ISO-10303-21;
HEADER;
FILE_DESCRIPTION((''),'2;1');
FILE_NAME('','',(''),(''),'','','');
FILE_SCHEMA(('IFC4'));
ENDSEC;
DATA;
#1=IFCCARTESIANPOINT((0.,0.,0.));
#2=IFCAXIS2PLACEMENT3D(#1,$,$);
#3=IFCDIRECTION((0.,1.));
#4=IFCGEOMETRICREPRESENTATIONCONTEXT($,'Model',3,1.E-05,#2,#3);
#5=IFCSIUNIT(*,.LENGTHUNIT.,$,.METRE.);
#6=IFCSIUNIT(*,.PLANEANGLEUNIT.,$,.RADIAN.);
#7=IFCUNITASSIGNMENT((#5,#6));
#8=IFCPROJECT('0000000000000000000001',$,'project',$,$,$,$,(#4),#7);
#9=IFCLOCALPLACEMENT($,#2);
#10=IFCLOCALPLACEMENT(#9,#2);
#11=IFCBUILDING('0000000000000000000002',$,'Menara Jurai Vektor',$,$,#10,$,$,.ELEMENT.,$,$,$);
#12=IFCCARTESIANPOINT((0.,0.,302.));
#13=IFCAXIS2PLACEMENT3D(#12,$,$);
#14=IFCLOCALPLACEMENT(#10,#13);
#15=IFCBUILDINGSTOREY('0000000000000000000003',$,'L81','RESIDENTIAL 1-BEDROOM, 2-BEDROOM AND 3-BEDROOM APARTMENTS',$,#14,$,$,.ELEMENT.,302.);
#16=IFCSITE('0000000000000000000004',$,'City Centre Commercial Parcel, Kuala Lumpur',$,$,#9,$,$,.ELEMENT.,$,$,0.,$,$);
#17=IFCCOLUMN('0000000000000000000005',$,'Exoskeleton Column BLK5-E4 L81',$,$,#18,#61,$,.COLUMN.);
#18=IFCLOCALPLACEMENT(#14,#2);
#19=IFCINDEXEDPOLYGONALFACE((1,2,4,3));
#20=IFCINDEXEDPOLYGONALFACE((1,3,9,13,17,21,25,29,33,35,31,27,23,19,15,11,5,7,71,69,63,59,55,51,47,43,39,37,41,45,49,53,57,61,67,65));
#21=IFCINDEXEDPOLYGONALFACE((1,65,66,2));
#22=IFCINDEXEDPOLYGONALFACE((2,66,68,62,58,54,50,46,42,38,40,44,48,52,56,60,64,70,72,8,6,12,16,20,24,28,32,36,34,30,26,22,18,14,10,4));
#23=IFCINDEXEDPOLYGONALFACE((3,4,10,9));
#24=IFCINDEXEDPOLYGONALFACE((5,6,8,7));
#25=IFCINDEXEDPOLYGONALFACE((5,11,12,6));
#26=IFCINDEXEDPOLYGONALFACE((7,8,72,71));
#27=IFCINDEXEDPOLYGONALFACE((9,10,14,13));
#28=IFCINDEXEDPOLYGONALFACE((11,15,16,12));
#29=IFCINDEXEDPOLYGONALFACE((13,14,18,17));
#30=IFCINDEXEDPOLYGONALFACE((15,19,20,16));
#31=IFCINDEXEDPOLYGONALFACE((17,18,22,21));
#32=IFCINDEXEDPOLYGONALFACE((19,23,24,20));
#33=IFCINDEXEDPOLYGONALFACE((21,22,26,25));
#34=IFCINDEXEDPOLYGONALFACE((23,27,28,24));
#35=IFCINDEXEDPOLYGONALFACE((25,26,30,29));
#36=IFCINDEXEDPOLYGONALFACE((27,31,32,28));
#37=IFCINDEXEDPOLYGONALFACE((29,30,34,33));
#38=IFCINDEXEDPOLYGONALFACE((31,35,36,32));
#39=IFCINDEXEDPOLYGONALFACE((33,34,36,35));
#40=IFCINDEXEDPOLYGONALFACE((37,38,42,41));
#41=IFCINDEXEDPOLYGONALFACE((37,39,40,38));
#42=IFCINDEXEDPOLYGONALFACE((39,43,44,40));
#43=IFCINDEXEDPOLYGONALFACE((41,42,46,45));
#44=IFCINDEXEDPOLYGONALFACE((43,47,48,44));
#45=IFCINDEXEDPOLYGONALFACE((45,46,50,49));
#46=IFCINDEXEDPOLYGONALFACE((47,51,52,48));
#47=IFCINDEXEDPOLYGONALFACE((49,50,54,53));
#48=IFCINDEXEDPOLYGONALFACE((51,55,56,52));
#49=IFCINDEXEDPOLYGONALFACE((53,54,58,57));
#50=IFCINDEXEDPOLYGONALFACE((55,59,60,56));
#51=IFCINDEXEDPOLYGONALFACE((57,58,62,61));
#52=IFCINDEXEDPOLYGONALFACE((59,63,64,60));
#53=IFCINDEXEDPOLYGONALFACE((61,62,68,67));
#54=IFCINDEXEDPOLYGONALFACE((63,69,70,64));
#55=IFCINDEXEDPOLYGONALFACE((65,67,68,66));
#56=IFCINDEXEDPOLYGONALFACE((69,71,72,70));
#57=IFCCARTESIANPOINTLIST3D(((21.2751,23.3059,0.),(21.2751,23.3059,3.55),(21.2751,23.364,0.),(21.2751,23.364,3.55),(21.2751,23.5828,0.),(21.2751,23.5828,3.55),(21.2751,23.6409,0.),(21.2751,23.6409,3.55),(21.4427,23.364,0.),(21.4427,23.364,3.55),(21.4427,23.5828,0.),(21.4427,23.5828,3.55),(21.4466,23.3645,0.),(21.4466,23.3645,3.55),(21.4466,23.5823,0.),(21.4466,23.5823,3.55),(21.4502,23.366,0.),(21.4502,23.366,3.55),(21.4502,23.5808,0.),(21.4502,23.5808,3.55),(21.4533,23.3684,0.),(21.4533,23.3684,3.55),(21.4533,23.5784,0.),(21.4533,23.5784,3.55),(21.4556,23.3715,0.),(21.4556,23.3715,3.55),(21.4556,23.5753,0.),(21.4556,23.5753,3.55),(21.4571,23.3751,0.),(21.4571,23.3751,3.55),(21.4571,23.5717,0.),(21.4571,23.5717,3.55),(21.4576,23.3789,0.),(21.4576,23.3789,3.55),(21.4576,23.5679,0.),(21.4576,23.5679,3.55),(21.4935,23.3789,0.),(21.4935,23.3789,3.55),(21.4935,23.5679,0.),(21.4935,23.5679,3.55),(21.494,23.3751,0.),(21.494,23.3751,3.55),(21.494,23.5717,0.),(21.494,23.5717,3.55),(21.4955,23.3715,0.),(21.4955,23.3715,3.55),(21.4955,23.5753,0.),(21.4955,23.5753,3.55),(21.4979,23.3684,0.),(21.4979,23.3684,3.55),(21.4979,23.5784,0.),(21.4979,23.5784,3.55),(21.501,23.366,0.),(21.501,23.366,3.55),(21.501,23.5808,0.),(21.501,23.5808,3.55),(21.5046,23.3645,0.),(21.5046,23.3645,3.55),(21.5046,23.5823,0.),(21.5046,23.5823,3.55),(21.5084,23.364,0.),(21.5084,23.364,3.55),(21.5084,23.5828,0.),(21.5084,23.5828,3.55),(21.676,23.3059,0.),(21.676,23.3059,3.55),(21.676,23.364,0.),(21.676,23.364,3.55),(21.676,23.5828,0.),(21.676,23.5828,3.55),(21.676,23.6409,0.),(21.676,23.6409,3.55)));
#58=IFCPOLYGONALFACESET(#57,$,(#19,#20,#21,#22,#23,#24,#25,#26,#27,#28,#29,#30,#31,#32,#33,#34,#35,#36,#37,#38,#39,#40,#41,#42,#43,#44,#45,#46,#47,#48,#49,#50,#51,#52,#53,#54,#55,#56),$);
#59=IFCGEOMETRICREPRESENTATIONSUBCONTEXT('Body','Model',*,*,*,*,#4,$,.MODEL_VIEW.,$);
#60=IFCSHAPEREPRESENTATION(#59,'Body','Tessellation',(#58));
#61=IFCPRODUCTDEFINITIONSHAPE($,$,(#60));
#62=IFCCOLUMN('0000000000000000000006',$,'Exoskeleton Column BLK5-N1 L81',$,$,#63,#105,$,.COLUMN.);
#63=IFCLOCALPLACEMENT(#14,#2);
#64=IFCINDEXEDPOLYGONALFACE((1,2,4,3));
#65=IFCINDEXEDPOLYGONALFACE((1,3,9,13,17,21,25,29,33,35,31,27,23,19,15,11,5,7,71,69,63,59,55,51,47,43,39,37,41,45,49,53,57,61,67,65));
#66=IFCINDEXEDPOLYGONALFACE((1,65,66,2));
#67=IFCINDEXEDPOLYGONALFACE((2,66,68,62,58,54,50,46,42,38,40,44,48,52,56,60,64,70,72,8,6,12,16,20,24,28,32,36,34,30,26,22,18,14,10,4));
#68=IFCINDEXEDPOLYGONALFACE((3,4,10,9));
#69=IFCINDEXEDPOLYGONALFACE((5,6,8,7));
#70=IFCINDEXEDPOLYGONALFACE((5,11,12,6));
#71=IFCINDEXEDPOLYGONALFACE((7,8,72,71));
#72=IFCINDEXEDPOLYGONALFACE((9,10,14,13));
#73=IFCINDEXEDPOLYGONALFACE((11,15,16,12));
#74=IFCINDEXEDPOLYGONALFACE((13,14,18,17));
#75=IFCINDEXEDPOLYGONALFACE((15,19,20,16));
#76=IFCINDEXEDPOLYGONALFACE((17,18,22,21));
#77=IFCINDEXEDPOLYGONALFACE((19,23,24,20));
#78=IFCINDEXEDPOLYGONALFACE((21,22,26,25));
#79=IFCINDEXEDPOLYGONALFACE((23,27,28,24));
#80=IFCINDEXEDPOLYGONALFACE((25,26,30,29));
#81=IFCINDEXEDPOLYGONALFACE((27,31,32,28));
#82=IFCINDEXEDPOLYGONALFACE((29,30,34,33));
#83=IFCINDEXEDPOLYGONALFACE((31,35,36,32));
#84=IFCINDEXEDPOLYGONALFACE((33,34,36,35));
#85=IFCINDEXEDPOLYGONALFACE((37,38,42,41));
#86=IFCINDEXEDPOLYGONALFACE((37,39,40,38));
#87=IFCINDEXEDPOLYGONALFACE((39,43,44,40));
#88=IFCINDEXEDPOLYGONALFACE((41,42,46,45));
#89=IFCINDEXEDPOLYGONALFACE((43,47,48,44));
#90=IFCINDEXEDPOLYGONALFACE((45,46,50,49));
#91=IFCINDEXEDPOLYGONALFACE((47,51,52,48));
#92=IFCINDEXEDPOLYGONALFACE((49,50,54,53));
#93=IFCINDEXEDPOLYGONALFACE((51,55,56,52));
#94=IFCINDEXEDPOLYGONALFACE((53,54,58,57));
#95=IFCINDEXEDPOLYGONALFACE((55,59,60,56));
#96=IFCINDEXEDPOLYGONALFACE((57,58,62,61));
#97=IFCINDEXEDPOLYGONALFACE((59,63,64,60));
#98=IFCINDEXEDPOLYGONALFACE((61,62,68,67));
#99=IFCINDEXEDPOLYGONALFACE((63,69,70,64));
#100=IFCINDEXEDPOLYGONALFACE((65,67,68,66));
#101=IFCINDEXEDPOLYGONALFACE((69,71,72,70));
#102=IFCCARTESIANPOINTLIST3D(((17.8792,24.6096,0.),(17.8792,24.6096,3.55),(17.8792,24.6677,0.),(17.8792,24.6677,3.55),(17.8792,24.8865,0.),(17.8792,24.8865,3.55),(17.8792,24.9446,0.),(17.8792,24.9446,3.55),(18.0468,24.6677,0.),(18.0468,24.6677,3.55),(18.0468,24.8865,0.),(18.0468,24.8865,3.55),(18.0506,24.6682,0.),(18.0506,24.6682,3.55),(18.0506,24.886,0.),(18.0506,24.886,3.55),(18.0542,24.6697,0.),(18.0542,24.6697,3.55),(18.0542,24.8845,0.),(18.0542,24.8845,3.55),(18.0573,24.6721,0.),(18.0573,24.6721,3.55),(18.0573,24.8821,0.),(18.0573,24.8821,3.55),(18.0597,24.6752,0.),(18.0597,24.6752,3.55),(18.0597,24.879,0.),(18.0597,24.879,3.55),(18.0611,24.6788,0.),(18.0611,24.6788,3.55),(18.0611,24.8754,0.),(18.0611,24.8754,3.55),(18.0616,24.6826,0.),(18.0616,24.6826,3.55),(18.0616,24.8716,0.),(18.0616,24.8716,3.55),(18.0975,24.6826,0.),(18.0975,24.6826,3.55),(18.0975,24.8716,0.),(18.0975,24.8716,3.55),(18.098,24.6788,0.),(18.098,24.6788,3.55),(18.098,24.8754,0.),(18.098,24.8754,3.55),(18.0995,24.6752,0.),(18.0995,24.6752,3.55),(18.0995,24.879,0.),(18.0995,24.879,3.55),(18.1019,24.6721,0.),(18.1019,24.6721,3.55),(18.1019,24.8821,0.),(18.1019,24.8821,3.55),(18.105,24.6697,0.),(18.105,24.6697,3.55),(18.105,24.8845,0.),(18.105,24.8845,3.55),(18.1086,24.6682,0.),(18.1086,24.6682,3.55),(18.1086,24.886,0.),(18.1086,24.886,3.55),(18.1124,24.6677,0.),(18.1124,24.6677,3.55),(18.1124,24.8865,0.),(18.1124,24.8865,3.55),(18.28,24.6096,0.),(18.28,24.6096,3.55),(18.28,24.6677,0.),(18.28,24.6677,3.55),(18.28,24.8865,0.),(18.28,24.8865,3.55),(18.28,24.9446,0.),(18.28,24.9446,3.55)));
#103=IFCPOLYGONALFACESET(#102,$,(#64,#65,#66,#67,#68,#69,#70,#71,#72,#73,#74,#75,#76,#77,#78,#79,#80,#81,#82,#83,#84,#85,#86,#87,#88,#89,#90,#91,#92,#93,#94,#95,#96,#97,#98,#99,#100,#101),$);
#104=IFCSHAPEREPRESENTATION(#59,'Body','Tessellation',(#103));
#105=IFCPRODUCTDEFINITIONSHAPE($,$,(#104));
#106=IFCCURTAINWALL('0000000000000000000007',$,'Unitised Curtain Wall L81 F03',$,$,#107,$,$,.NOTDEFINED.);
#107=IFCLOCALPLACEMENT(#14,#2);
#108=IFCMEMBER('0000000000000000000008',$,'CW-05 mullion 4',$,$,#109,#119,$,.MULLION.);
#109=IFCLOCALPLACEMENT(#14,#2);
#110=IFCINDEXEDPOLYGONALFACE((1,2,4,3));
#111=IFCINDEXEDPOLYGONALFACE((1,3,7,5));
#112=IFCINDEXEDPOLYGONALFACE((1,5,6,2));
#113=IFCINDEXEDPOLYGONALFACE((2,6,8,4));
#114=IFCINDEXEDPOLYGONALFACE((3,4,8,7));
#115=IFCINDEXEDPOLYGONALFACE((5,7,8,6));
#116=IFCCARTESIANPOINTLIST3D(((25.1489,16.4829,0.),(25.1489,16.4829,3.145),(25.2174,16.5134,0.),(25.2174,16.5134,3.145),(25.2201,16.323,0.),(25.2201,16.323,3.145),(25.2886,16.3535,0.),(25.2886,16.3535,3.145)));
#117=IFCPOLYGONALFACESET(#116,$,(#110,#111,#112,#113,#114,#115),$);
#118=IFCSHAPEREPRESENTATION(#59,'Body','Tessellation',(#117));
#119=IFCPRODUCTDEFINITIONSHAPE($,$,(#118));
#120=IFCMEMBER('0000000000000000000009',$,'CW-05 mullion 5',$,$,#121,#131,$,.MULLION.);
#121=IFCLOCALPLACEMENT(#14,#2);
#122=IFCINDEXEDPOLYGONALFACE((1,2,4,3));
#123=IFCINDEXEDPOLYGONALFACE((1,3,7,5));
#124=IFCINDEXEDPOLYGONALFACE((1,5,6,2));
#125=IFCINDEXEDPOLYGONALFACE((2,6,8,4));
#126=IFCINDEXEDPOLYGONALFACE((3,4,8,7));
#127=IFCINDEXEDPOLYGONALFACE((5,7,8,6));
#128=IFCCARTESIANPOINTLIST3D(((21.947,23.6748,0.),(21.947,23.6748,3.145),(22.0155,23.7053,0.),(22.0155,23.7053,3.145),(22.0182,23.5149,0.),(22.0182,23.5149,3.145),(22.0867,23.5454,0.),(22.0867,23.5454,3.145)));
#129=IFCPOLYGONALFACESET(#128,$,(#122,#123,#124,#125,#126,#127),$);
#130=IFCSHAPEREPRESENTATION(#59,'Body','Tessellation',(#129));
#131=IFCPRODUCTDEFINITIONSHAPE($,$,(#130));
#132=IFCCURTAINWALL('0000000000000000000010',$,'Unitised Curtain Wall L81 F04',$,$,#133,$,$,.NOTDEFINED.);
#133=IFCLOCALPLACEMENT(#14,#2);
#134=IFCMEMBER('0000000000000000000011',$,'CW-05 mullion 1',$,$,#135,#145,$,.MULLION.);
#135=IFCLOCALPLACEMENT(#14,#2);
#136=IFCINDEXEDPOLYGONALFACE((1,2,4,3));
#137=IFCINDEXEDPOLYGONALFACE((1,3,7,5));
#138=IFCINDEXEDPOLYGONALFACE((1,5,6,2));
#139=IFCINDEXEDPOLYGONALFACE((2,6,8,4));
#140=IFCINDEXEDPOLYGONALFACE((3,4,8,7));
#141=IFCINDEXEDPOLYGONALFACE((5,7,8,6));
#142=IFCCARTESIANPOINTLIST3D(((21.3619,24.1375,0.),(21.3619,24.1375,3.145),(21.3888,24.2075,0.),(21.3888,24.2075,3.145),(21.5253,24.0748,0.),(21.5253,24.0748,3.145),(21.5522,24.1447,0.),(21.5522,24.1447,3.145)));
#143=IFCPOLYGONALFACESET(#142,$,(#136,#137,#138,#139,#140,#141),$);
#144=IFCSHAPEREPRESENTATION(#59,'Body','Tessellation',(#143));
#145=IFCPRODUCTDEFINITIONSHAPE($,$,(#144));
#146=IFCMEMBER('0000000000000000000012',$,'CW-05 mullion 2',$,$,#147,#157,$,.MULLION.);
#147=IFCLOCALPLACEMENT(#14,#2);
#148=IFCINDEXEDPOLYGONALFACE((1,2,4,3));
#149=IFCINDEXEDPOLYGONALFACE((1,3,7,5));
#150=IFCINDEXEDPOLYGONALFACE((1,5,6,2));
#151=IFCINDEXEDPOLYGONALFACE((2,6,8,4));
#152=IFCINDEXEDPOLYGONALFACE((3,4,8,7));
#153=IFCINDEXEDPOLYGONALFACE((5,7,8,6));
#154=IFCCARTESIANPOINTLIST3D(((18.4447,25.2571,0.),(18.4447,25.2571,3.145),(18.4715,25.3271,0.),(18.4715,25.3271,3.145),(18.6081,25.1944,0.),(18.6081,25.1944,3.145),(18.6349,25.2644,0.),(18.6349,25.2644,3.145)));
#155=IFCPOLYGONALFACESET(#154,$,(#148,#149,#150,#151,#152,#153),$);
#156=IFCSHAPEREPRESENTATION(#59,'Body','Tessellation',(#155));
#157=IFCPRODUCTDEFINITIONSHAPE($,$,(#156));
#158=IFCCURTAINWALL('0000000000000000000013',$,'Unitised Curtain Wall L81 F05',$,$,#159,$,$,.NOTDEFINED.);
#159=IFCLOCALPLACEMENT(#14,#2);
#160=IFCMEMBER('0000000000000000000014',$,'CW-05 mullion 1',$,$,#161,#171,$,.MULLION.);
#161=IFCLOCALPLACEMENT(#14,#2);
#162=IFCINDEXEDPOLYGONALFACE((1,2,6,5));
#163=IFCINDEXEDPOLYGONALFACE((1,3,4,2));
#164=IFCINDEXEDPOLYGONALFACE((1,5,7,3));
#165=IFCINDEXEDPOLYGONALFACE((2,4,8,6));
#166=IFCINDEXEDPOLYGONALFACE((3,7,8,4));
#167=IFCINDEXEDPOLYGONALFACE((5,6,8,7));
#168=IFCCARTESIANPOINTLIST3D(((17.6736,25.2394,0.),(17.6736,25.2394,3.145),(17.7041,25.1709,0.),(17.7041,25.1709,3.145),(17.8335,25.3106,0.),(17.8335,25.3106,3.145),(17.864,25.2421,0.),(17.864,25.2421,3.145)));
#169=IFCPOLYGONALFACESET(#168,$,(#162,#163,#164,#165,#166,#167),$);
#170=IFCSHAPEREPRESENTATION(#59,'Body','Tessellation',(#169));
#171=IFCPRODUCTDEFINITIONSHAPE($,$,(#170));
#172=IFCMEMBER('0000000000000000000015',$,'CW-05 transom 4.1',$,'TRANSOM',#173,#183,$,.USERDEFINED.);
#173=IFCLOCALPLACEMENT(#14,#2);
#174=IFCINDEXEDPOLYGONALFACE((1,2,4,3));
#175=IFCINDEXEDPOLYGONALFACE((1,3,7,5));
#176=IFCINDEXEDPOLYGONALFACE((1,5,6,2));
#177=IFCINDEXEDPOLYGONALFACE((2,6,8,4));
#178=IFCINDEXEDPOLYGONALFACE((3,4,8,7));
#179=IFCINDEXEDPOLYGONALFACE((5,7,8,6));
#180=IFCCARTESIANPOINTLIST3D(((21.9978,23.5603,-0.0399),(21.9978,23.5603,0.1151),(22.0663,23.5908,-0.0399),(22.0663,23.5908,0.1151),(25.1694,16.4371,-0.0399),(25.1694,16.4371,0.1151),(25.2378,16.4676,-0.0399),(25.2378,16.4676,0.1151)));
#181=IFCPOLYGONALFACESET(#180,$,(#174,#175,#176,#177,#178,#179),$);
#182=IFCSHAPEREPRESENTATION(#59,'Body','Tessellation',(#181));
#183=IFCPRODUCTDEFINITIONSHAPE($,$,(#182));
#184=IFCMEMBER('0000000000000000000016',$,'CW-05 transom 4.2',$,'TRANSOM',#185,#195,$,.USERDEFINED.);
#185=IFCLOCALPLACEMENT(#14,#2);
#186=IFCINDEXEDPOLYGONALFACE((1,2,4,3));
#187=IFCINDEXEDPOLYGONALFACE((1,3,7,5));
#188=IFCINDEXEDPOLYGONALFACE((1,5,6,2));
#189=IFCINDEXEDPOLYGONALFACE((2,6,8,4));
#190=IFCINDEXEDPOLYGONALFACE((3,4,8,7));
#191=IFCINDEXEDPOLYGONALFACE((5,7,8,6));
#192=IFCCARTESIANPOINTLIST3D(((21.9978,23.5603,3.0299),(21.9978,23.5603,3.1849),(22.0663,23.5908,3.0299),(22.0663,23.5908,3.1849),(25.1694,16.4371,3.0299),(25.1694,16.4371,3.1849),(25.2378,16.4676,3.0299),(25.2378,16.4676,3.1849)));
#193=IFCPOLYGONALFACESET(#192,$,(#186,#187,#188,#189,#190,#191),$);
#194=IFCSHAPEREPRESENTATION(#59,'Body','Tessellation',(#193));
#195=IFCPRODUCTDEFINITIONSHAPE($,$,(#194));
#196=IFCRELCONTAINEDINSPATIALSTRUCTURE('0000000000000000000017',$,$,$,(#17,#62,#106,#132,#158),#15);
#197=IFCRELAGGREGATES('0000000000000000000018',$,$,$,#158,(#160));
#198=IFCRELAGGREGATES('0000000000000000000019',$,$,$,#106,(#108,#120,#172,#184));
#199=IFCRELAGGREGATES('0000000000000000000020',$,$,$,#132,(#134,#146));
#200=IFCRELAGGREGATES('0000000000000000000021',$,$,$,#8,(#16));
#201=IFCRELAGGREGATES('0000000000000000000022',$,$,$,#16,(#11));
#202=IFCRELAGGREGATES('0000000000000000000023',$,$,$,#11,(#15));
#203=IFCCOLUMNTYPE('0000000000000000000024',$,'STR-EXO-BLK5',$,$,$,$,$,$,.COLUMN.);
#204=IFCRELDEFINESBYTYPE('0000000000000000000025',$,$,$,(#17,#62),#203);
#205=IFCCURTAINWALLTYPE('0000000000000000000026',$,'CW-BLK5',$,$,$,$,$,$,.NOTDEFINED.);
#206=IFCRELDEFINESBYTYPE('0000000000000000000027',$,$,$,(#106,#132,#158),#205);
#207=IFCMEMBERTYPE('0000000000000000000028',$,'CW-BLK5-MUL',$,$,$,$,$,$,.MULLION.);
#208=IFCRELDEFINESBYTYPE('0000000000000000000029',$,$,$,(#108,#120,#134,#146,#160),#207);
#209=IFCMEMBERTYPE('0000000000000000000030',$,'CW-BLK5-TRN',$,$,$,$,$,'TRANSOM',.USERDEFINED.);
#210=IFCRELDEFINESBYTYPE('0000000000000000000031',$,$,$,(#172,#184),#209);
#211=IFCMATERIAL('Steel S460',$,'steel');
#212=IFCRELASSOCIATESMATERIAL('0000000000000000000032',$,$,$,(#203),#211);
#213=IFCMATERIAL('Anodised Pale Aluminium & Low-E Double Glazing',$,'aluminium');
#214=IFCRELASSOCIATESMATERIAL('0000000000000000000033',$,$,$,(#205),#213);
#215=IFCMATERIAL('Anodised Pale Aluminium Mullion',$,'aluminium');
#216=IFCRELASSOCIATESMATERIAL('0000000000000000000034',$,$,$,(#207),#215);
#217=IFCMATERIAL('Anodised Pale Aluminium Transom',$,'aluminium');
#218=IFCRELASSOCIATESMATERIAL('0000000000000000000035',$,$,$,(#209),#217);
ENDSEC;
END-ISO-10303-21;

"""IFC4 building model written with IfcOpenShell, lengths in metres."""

from ifc_helpers import new_model, si_unit, direction, frame, origin, origin_2d, place, context, subcontext, project, spatial, rectangle, i_section, extrude, material, material_profile, profile_set, type_object, element, aggregate, save


model = new_model("IFC4")

# Units and contexts
model_context = context("Model", 3, precision=1e-05, world=origin(), true_north=direction((0.0, 1.0)))
body_context = subcontext(model_context, "Body", "Model", "MODEL_VIEW")
ifc_project = project(units=[si_unit("LENGTHUNIT", "METRE"), si_unit("PLANEANGLEUNIT", "RADIAN")], contexts=[model_context])

# Site, building, storey
site_placement = place(None, origin())
site = spatial("IfcSite", under=ifc_project, at=site_placement, Name="City Centre Commercial Parcel, Kuala Lumpur", CompositionType="ELEMENT", RefElevation=0.0)
building_placement = place(site_placement, origin())
building = spatial("IfcBuilding", under=site, at=building_placement, Name="Menara Jurai Vektor", CompositionType="ELEMENT")
storey_placement = place(building_placement, frame((0.0, 0.0, 302.0)))
storey = spatial("IfcBuildingStorey", under=building, at=storey_placement, Name="L81", Description="RESIDENTIAL 1-BEDROOM, 2-BEDROOM AND 3-BEDROOM APARTMENTS", CompositionType="ELEMENT", Elevation=302.0)

# Columns
ifc_material_1 = material(Name="Steel S460", Category="steel")
ifc_material_profile_1 = material_profile(ifc_material_1, i_section(OverallWidth=0.4009, OverallDepth=0.335, WebThickness=0.0359, FlangeThickness=0.0581, FilletRadius=0.0149, at=origin_2d()), Name="HD 400x463")
ifc_profile_set_1 = profile_set([ifc_material_profile_1], Name="Steel S460")
column_type = type_object("IfcColumnType", Name="STR-EXO-BLK5", PredefinedType="COLUMN", material=ifc_profile_set_1)
for number, where, z_axis, x_axis, name in (
    (1, (21.4756, 23.4734, 0.0), (0.0, 0.0, 1.0), (1.0, 0.0, 0.0), "Exoskeleton Column BLK5-E4 L81"),
    (2, (18.0796, 24.7771, 0.0), (0.0, 0.0, 1.0), (1.0, 0.0, 0.0), "Exoskeleton Column BLK5-N1 L81"),
):
    element("IfcColumn", number, at=place(storey_placement, frame(where, z_axis=z_axis, x_axis=x_axis)), inside=storey, type_object=column_type, Name=name, PredefinedType="COLUMN", context=body_context, shape_type="SweptSolid", body=[
        extrude(i_section(OverallWidth=0.4009, OverallDepth=0.335, WebThickness=0.0359, FlangeThickness=0.0581, FilletRadius=0.0149, at=origin_2d()), origin(), (0.0, 0.0, 1.0), 3.55),
    ])

# Curtain walls, members
ifc_material_2 = material(Name="Anodised Pale Aluminium & Low-E Double Glazing", Category="aluminium")
curtain_wall_type = type_object("IfcCurtainWallType", Name="CW-BLK5", PredefinedType="NOTDEFINED", material=ifc_material_2)
curtain_wall_1_placement = place(storey_placement, origin())
curtain_wall_1 = element("IfcCurtainWall", 3, at=curtain_wall_1_placement, inside=storey, type_object=curtain_wall_type, Name="Unitised Curtain Wall L81 F03", PredefinedType="NOTDEFINED")
ifc_material_3 = material(Name="Anodised Pale Aluminium Mullion", Category="aluminium")
ifc_material_profile_2 = material_profile(ifc_material_3, rectangle(XDim=0.075, YDim=0.175, at=origin_2d()), Name="ALU MUL 75x175")
ifc_profile_set_2 = profile_set([ifc_material_profile_2], Name="Anodised Pale Aluminium Mullion")
member_type_1 = type_object("IfcMemberType", Name="CW-BLK5-MUL", PredefinedType="MULLION", material=ifc_profile_set_2)
member_1_placement = place(storey_placement, frame((25.2188, 16.4182, 0.0), z_axis=(0.0, 0.0, 1.0), x_axis=(-0.913546, -0.406735, 0.0)))
member_1 = element("IfcMember", 4, at=member_1_placement, type_object=member_type_1, Name="CW-05 mullion 4", PredefinedType="MULLION", context=body_context, shape_type="SweptSolid", body=[
    extrude(rectangle(XDim=0.075, YDim=0.175, at=origin_2d()), origin(), (0.0, 0.0, 1.0), 3.145),
])
member_2_placement = place(storey_placement, frame((22.0168, 23.6101, 0.0), z_axis=(0.0, 0.0, 1.0), x_axis=(-0.913546, -0.406735, 0.0)))
member_2 = element("IfcMember", 5, at=member_2_placement, type_object=member_type_1, Name="CW-05 mullion 5", PredefinedType="MULLION", context=body_context, shape_type="SweptSolid", body=[
    extrude(rectangle(XDim=0.075, YDim=0.175, at=origin_2d()), origin(), (0.0, 0.0, 1.0), 3.145),
])
curtain_wall_2_placement = place(storey_placement, origin())
curtain_wall_2 = element("IfcCurtainWall", 6, at=curtain_wall_2_placement, inside=storey, type_object=curtain_wall_type, Name="Unitised Curtain Wall L81 F04", PredefinedType="NOTDEFINED")
member_3_placement = place(storey_placement, frame((21.457, 24.1411, 0.0), z_axis=(0.0, 0.0, 1.0), x_axis=(-0.358374, -0.933578, 0.0)))
member_3 = element("IfcMember", 7, at=member_3_placement, type_object=member_type_1, Name="CW-05 mullion 1", PredefinedType="MULLION", context=body_context, shape_type="SweptSolid", body=[
    extrude(rectangle(XDim=0.075, YDim=0.175, at=origin_2d()), origin(), (0.0, 0.0, 1.0), 3.145),
])
member_4_placement = place(storey_placement, frame((18.5398, 25.2607, 0.0), z_axis=(0.0, 0.0, 1.0), x_axis=(-0.358374, -0.933578, 0.0)))
member_4 = element("IfcMember", 8, at=member_4_placement, type_object=member_type_1, Name="CW-05 mullion 2", PredefinedType="MULLION", context=body_context, shape_type="SweptSolid", body=[
    extrude(rectangle(XDim=0.075, YDim=0.175, at=origin_2d()), origin(), (0.0, 0.0, 1.0), 3.145),
])

# Curtain wall, member
curtain_wall_3_placement = place(storey_placement, origin())
curtain_wall_3 = element("IfcCurtainWall", 9, at=curtain_wall_3_placement, inside=storey, type_object=curtain_wall_type, Name="Unitised Curtain Wall L81 F05", PredefinedType="NOTDEFINED")
member_5_placement = place(storey_placement, frame((17.7688, 25.2407, 0.0), z_axis=(0.0, 0.0, 1.0), x_axis=(0.406735, -0.913546, 0.0)))
member_5 = element("IfcMember", 10, at=member_5_placement, type_object=member_type_1, Name="CW-05 mullion 1", PredefinedType="MULLION", context=body_context, shape_type="SweptSolid", body=[
    extrude(rectangle(XDim=0.075, YDim=0.175, at=origin_2d()), origin(), (0.0, 0.0, 1.0), 3.145),
])

# Members
ifc_material_4 = material(Name="Anodised Pale Aluminium Transom", Category="aluminium")
ifc_material_profile_3 = material_profile(ifc_material_4, rectangle(XDim=0.075, YDim=0.155, at=origin_2d()), Name="ALU TRN 75x155")
ifc_profile_set_3 = profile_set([ifc_material_profile_3], Name="Anodised Pale Aluminium Transom")
member_type_2 = type_object("IfcMemberType", Name="CW-BLK5-TRN", ElementType="TRANSOM", PredefinedType="USERDEFINED", material=ifc_profile_set_3)
member_6_placement = place(storey_placement, frame((25.2036, 16.4524, 0.0376), z_axis=(-0.406751, 0.913539, 0.0), x_axis=(-0.913539, -0.406751, 0.0)))
member_6 = element("IfcMember", 11, at=member_6_placement, type_object=member_type_2, Name="CW-05 transom 4.1", ObjectType="TRANSOM", PredefinedType="USERDEFINED", context=body_context, shape_type="SweptSolid", body=[
    extrude(rectangle(XDim=0.075, YDim=0.155, at=origin_2d()), origin(), (0.0, 0.0, 1.0), 7.7974),
])
member_7_placement = place(storey_placement, frame((25.2036, 16.4524, 3.1074), z_axis=(-0.406751, 0.913539, 0.0), x_axis=(-0.913539, -0.406751, 0.0)))
member_7 = element("IfcMember", 12, at=member_7_placement, type_object=member_type_2, Name="CW-05 transom 4.2", ObjectType="TRANSOM", PredefinedType="USERDEFINED", context=body_context, shape_type="SweptSolid", body=[
    extrude(rectangle(XDim=0.075, YDim=0.155, at=origin_2d()), origin(), (0.0, 0.0, 1.0), 7.7974),
])
aggregate(curtain_wall_3, [member_5])

aggregate(curtain_wall_1, [member_1, member_2, member_6, member_7])
aggregate(curtain_wall_2, [member_3, member_4])

save(model, "model.ifc")
